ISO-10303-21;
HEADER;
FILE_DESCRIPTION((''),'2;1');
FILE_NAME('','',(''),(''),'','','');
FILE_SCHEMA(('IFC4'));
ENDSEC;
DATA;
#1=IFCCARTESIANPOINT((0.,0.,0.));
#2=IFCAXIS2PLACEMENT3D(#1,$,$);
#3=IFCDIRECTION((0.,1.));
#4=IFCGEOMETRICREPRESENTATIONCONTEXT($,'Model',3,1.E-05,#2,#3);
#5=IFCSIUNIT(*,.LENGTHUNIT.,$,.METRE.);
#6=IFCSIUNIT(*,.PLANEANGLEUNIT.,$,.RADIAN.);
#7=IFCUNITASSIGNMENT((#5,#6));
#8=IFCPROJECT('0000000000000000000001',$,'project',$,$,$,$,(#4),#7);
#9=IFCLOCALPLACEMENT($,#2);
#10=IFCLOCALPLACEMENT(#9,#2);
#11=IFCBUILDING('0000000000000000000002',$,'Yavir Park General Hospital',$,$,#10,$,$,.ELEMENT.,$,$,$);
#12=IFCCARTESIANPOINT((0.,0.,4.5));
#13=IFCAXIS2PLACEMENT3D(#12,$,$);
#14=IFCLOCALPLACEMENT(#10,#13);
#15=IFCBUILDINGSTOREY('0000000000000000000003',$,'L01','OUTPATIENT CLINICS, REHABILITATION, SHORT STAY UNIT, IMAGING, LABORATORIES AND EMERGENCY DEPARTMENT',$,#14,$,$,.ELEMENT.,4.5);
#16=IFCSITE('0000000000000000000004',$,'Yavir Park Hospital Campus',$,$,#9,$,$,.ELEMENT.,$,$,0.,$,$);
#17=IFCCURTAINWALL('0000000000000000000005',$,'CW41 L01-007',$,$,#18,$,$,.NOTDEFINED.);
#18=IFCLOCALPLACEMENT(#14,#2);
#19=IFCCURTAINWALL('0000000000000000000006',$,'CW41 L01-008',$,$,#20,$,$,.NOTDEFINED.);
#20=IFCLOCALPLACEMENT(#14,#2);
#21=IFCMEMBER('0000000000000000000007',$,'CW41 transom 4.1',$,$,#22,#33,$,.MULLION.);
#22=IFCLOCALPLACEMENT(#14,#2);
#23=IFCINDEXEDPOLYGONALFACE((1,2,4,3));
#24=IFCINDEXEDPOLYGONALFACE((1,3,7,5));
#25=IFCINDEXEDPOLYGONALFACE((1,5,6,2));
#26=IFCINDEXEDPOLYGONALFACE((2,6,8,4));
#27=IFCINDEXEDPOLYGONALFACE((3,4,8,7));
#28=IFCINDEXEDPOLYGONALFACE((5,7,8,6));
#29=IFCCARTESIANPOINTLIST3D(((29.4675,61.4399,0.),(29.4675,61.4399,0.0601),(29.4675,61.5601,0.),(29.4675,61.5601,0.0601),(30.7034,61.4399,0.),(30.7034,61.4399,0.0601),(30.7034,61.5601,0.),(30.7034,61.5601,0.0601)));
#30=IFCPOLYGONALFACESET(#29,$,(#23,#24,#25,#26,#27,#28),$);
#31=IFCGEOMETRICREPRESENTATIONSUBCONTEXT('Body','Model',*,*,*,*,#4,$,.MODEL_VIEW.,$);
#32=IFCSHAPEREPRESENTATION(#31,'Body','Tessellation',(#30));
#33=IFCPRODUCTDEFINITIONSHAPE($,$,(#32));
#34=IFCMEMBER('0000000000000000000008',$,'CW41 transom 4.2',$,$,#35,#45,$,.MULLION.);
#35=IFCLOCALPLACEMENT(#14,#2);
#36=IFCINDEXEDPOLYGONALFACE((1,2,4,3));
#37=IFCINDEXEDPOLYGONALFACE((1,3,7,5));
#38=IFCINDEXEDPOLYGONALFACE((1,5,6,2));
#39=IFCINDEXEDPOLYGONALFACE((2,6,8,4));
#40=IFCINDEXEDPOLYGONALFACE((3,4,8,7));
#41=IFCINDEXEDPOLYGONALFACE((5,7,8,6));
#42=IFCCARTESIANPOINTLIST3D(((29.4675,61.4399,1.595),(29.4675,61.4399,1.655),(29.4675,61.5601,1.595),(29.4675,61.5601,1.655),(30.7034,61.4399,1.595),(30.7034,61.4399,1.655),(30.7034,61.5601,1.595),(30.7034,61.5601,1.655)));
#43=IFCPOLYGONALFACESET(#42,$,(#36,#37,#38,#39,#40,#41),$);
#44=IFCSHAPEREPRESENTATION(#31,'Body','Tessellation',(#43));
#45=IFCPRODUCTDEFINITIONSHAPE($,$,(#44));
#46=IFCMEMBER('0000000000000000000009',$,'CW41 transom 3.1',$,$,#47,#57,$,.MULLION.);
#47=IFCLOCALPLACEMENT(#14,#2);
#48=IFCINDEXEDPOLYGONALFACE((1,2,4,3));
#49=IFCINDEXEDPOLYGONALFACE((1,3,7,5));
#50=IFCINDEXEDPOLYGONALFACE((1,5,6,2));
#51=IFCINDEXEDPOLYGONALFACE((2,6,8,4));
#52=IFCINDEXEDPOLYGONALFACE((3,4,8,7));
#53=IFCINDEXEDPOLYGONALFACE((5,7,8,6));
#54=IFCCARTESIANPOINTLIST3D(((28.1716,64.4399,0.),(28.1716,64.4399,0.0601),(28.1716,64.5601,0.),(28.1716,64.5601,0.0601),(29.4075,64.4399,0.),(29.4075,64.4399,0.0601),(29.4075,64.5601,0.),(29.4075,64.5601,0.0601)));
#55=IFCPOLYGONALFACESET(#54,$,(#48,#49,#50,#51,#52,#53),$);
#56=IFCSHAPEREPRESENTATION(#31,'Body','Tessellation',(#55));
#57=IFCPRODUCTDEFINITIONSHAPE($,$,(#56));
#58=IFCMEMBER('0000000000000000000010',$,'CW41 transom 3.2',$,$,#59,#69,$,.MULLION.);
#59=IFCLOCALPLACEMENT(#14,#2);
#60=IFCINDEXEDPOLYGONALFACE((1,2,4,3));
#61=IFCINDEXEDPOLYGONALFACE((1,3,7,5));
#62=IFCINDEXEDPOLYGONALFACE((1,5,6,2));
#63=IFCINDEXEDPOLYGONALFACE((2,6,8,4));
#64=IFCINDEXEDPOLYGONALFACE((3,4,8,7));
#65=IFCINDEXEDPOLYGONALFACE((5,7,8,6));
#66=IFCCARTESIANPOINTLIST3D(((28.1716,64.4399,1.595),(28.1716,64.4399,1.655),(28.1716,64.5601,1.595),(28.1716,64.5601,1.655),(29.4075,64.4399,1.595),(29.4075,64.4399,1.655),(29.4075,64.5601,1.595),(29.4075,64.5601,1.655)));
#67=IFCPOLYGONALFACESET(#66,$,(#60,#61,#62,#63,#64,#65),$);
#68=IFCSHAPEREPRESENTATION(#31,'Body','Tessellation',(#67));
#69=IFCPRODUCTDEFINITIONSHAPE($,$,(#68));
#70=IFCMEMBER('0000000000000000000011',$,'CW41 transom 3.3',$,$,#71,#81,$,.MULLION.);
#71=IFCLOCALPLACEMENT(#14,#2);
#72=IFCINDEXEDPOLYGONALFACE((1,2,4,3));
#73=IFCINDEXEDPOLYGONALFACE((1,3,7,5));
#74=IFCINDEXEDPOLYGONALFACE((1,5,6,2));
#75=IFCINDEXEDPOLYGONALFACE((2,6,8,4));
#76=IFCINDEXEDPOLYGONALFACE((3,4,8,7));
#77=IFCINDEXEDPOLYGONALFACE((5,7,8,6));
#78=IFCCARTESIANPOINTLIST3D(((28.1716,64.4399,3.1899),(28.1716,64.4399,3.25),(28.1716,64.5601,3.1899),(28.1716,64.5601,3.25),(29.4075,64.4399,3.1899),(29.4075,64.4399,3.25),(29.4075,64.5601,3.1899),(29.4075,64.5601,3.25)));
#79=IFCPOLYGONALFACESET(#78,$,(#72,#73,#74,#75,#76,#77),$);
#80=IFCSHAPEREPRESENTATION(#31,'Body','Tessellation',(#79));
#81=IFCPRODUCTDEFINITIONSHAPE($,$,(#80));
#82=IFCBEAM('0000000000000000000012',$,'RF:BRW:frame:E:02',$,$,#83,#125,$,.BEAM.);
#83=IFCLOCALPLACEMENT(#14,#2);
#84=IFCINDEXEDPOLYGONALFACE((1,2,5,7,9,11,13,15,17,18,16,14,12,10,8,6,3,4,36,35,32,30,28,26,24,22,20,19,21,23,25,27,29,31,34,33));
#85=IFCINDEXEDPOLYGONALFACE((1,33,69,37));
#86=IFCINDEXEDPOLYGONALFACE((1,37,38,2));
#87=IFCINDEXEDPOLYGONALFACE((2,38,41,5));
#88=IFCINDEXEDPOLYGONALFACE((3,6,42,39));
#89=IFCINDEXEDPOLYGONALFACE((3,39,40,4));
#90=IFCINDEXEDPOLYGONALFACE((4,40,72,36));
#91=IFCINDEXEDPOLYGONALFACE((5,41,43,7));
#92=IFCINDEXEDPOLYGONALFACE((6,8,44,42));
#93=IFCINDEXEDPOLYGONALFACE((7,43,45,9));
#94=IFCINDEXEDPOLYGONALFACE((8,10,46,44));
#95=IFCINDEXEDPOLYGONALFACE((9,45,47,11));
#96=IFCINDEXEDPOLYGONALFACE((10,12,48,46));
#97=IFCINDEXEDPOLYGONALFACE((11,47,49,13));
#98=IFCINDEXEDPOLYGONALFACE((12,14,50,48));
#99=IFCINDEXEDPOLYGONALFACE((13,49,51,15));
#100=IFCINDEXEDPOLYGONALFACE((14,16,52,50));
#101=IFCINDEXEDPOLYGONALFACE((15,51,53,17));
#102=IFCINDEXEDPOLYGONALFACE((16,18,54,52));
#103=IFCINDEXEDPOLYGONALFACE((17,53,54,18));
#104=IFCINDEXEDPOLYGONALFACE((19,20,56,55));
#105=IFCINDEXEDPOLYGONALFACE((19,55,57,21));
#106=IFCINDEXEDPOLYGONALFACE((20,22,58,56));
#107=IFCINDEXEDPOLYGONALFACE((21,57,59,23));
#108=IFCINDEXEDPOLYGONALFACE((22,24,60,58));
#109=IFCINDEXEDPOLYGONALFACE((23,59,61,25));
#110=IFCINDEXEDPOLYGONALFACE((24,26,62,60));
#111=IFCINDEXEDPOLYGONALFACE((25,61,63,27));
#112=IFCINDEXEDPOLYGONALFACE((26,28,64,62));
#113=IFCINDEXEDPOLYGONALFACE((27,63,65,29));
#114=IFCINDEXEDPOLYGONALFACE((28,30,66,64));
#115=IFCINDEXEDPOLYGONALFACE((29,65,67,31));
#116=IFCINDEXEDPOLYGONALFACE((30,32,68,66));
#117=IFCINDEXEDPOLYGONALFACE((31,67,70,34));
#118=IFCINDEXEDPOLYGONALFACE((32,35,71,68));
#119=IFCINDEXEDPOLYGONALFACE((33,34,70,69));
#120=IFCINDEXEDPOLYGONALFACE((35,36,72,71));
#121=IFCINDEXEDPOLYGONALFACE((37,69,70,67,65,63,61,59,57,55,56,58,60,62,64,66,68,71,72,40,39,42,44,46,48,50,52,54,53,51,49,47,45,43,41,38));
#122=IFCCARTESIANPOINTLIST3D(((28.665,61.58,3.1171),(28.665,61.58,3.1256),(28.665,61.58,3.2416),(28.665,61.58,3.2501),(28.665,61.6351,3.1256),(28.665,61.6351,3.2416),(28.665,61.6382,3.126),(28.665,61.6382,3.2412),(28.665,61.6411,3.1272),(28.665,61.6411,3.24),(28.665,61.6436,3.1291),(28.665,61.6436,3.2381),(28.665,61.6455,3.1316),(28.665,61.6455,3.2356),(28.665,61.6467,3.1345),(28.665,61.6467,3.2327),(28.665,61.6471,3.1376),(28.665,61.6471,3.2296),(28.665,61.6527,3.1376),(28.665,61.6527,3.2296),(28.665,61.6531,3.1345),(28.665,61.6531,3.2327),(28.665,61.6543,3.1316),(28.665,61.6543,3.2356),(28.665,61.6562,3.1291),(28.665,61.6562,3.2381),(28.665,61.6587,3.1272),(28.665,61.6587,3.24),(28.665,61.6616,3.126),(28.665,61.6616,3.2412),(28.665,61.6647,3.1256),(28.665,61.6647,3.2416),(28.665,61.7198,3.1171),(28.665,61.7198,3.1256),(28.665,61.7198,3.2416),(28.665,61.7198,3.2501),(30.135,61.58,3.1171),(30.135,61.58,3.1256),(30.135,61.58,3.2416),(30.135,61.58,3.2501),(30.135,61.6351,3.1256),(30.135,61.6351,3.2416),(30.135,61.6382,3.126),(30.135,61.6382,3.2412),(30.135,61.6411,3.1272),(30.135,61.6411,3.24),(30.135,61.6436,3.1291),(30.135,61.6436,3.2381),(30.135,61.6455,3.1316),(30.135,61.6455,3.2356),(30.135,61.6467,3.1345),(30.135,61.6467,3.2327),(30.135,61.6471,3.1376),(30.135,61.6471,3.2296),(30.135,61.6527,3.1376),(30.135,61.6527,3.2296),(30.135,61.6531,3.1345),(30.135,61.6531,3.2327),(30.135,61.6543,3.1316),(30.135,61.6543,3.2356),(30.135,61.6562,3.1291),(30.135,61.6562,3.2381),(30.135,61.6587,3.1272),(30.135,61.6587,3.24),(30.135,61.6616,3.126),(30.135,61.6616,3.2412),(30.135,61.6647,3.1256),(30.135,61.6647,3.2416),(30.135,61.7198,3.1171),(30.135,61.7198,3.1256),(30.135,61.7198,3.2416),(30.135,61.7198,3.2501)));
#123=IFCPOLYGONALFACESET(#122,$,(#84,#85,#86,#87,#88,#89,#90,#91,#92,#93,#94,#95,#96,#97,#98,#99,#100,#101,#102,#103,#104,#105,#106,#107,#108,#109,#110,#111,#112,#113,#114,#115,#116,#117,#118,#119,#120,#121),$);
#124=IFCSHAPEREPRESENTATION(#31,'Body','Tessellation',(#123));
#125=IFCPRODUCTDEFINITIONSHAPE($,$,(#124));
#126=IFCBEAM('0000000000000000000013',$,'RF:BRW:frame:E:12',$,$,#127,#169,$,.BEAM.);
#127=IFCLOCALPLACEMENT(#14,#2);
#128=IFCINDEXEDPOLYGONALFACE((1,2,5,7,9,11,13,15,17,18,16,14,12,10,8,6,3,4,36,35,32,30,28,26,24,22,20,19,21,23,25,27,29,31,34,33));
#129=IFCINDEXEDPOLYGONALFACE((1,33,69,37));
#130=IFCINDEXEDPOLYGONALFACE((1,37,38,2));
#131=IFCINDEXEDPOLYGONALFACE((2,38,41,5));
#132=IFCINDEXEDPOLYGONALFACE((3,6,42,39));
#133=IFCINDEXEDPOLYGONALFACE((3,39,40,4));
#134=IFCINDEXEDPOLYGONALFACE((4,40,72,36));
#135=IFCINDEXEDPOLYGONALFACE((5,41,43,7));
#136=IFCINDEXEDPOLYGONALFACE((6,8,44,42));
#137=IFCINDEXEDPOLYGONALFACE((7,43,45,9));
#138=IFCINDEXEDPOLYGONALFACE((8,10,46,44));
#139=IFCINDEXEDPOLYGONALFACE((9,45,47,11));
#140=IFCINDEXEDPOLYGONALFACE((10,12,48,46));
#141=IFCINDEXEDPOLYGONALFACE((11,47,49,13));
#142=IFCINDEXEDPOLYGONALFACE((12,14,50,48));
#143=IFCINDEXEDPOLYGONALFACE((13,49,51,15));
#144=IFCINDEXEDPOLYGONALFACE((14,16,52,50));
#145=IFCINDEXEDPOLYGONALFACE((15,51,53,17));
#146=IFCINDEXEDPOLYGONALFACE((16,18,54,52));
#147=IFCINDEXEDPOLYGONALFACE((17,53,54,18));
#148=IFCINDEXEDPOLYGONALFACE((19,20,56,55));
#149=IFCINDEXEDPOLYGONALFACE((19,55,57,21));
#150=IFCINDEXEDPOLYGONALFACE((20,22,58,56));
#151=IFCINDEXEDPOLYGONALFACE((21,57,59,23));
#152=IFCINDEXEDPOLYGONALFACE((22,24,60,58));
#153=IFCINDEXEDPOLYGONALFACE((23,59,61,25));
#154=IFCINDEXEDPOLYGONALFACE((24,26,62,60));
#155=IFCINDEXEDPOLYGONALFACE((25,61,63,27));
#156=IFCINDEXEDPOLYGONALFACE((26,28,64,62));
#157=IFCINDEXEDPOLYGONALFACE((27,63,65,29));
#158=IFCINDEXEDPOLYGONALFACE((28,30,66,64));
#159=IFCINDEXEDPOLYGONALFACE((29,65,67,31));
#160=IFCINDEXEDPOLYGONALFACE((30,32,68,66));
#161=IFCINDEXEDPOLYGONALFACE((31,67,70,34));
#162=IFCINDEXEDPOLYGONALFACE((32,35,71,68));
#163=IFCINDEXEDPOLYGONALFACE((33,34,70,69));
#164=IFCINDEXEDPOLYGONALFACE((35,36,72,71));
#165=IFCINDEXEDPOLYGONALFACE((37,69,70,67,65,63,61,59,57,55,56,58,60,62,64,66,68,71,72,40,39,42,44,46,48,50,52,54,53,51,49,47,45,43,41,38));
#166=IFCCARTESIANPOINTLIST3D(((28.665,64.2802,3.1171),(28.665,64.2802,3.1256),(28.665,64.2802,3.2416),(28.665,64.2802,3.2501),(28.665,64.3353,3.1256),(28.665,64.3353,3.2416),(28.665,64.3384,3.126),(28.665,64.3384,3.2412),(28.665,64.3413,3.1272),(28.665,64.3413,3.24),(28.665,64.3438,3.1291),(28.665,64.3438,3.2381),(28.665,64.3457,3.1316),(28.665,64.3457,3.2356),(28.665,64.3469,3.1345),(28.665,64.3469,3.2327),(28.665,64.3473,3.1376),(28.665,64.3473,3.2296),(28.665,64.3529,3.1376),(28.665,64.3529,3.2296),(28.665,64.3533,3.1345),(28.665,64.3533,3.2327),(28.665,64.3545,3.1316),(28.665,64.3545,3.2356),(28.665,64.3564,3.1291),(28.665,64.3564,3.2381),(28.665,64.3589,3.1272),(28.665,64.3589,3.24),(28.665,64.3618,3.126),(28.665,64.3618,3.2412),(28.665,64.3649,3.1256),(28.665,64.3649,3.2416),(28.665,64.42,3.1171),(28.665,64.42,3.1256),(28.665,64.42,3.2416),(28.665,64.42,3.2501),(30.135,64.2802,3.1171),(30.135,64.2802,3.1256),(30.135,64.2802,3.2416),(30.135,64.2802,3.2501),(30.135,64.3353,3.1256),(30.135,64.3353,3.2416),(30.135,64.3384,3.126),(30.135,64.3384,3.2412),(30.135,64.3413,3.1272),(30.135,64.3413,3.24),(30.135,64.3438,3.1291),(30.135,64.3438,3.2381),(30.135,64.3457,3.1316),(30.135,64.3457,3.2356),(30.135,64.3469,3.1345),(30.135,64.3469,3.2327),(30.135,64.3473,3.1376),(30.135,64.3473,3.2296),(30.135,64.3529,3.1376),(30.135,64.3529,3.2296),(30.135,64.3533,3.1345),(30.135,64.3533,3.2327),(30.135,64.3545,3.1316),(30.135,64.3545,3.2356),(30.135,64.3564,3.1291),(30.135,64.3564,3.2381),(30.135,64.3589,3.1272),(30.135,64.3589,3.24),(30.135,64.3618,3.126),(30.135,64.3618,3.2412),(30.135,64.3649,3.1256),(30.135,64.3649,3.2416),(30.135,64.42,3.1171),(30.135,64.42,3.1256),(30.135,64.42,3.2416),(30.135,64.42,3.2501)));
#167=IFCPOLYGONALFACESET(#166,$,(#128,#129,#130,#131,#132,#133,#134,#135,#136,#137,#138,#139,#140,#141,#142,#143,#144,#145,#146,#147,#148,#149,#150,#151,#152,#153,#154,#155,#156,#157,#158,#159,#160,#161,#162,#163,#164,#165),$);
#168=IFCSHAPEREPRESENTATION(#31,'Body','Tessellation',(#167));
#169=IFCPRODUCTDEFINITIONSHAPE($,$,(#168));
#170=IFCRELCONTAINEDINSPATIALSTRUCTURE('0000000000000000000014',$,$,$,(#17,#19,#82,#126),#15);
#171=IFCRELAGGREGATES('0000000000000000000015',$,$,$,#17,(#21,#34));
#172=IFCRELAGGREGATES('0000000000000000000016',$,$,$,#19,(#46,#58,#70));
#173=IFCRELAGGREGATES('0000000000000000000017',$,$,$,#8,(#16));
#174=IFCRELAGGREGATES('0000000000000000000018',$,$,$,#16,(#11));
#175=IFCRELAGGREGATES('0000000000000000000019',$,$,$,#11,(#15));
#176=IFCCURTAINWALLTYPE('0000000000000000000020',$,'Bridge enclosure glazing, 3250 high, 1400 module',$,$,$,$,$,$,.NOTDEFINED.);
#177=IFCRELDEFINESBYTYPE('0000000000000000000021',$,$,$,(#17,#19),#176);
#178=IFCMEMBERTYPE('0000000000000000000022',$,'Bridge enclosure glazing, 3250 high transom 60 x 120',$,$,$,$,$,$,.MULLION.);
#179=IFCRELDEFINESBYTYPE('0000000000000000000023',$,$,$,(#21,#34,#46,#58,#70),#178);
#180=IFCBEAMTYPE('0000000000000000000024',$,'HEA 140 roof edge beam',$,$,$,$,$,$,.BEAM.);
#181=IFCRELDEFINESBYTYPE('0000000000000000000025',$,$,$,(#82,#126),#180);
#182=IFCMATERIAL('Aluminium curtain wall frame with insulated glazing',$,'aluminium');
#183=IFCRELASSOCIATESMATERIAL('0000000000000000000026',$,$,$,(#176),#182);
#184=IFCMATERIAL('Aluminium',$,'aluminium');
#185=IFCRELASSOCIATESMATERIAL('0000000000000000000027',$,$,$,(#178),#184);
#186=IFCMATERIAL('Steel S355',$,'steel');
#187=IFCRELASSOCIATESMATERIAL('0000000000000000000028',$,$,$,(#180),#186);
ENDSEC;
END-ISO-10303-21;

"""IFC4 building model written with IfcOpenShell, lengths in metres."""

from ifc_helpers import new_model, si_unit, direction, frame, origin, origin_2d, place, context, subcontext, project, spatial, rectangle, i_section, extrude, material, material_profile, profile_set, type_object, element, aggregate, save


model = new_model("IFC4")

# Units and contexts
model_context = context("Model", 3, precision=1e-05, world=origin(), true_north=direction((0.0, 1.0)))
body_context = subcontext(model_context, "Body", "Model", "MODEL_VIEW")
ifc_project = project(units=[si_unit("LENGTHUNIT", "METRE"), si_unit("PLANEANGLEUNIT", "RADIAN")], contexts=[model_context])

# Site, building, storey
site_placement = place(None, origin())
site = spatial("IfcSite", under=ifc_project, at=site_placement, Name="Yavir Park Hospital Campus", CompositionType="ELEMENT", RefElevation=0.0)
building_placement = place(site_placement, origin())
building = spatial("IfcBuilding", under=site, at=building_placement, Name="Yavir Park General Hospital", CompositionType="ELEMENT")
storey_placement = place(building_placement, frame((0.0, 0.0, 4.5)))
storey = spatial("IfcBuildingStorey", under=building, at=storey_placement, Name="L01", Description="OUTPATIENT CLINICS, REHABILITATION, SHORT STAY UNIT, IMAGING, LABORATORIES AND EMERGENCY DEPARTMENT", CompositionType="ELEMENT", Elevation=4.5)

# Curtain walls
ifc_material_1 = material(Name="Aluminium curtain wall frame with insulated glazing", Category="aluminium")
curtain_wall_type = type_object("IfcCurtainWallType", Name="Bridge enclosure glazing, 3250 high, 1400 module", PredefinedType="NOTDEFINED", material=ifc_material_1)
curtain_wall_1_placement = place(storey_placement, origin())
curtain_wall_1 = element("IfcCurtainWall", 1, at=curtain_wall_1_placement, inside=storey, type_object=curtain_wall_type, Name="CW41 L01-007", PredefinedType="NOTDEFINED")
curtain_wall_2_placement = place(storey_placement, origin())
curtain_wall_2 = element("IfcCurtainWall", 2, at=curtain_wall_2_placement, inside=storey, type_object=curtain_wall_type, Name="CW41 L01-008", PredefinedType="NOTDEFINED")

# Members
ifc_material_2 = material(Name="Aluminium", Category="aluminium")
ifc_material_profile_1 = material_profile(ifc_material_2, rectangle(XDim=0.1201, YDim=0.0601, at=origin_2d()), Name="AL 120x60")
ifc_profile_set_1 = profile_set([ifc_material_profile_1], Name="Aluminium")
member_type_1 = type_object("IfcMemberType", Name="Bridge enclosure glazing, 3250 high transom 60 x 120", PredefinedType="MULLION", material=ifc_profile_set_1)
member_1_placement = place(storey_placement, frame((29.4675, 61.5, 0.03), z_axis=(1.0, 0.0, 0.0), x_axis=(0.0, 1.0, 0.0)))
member_1 = element("IfcMember", 3, at=member_1_placement, type_object=member_type_1, Name="CW41 transom 4.1", PredefinedType="MULLION", context=body_context, shape_type="SweptSolid", body=[
    extrude(rectangle(XDim=0.1201, YDim=0.0601, at=origin_2d()), origin(), (0.0, 0.0, 1.0), 1.2358),
])
member_2_placement = place(storey_placement, frame((29.4675, 61.5, 1.625), z_axis=(1.0, 0.0, 0.0), x_axis=(0.0, 1.0, 0.0)))
member_2 = element("IfcMember", 4, at=member_2_placement, type_object=member_type_1, Name="CW41 transom 4.2", PredefinedType="MULLION", context=body_context, shape_type="SweptSolid", body=[
    extrude(rectangle(XDim=0.1201, YDim=0.0601, at=origin_2d()), origin(), (0.0, 0.0, 1.0), 1.2358),
])
member_3_placement = place(storey_placement, frame((28.1716, 64.5, 0.03), z_axis=(1.0, 0.0, 0.0), x_axis=(0.0, 1.0, 0.0)))
member_3 = element("IfcMember", 5, at=member_3_placement, type_object=member_type_1, Name="CW41 transom 3.1", PredefinedType="MULLION", context=body_context, shape_type="SweptSolid", body=[
    extrude(rectangle(XDim=0.1201, YDim=0.0601, at=origin_2d()), origin(), (0.0, 0.0, 1.0), 1.2358),
])
member_4_placement = place(storey_placement, frame((28.1716, 64.5, 1.625), z_axis=(1.0, 0.0, 0.0), x_axis=(0.0, 1.0, 0.0)))
member_4 = element("IfcMember", 6, at=member_4_placement, type_object=member_type_1, Name="CW41 transom 3.2", PredefinedType="MULLION", context=body_context, shape_type="SweptSolid", body=[
    extrude(rectangle(XDim=0.1201, YDim=0.0601, at=origin_2d()), origin(), (0.0, 0.0, 1.0), 1.2358),
])
member_5_placement = place(storey_placement, frame((28.1716, 64.5, 3.22), z_axis=(1.0, 0.0, 0.0), x_axis=(0.0, 1.0, 0.0)))
member_5 = element("IfcMember", 7, at=member_5_placement, type_object=member_type_1, Name="CW41 transom 3.3", PredefinedType="MULLION", context=body_context, shape_type="SweptSolid", body=[
    extrude(rectangle(XDim=0.1201, YDim=0.0601, at=origin_2d()), origin(), (0.0, 0.0, 1.0), 1.2358),
])

# Beams
ifc_material_3 = material(Name="Steel S355", Category="steel")
ifc_material_profile_2 = material_profile(ifc_material_3, i_section(OverallWidth=0.1399, OverallDepth=0.1331, WebThickness=0.0056, FlangeThickness=0.0085, FilletRadius=0.012, at=origin_2d()), Name="HEA140")
ifc_profile_set_2 = profile_set([ifc_material_profile_2], Name="Steel S355")
beam_type_1 = type_object("IfcBeamType", Name="HEA 140 roof edge beam", PredefinedType="BEAM", material=ifc_profile_set_2)
for number, where, z_axis, x_axis, name in (
    (8, (28.665, 61.6499, 3.1836), (1.0, 0.0, 0.0), (0.0, 1.0, 0.0), "RF:BRW:frame:E:02"),
    (9, (28.665, 64.3501, 3.1836), (1.0, 0.0, 0.0), (0.0, 1.0, 0.0), "RF:BRW:frame:E:12"),
):
    element("IfcBeam", number, at=place(storey_placement, frame(where, z_axis=z_axis, x_axis=x_axis)), inside=storey, type_object=beam_type_1, Name=name, PredefinedType="BEAM", context=body_context, shape_type="SweptSolid", body=[
        extrude(i_section(OverallWidth=0.1399, OverallDepth=0.1331, WebThickness=0.0056, FlangeThickness=0.0085, FilletRadius=0.012, at=origin_2d()), origin(), (0.0, 0.0, 1.0), 1.47),
    ])

aggregate(curtain_wall_1, [member_1, member_2])
aggregate(curtain_wall_2, [member_3, member_4, member_5])

save(model, "model.ifc")
